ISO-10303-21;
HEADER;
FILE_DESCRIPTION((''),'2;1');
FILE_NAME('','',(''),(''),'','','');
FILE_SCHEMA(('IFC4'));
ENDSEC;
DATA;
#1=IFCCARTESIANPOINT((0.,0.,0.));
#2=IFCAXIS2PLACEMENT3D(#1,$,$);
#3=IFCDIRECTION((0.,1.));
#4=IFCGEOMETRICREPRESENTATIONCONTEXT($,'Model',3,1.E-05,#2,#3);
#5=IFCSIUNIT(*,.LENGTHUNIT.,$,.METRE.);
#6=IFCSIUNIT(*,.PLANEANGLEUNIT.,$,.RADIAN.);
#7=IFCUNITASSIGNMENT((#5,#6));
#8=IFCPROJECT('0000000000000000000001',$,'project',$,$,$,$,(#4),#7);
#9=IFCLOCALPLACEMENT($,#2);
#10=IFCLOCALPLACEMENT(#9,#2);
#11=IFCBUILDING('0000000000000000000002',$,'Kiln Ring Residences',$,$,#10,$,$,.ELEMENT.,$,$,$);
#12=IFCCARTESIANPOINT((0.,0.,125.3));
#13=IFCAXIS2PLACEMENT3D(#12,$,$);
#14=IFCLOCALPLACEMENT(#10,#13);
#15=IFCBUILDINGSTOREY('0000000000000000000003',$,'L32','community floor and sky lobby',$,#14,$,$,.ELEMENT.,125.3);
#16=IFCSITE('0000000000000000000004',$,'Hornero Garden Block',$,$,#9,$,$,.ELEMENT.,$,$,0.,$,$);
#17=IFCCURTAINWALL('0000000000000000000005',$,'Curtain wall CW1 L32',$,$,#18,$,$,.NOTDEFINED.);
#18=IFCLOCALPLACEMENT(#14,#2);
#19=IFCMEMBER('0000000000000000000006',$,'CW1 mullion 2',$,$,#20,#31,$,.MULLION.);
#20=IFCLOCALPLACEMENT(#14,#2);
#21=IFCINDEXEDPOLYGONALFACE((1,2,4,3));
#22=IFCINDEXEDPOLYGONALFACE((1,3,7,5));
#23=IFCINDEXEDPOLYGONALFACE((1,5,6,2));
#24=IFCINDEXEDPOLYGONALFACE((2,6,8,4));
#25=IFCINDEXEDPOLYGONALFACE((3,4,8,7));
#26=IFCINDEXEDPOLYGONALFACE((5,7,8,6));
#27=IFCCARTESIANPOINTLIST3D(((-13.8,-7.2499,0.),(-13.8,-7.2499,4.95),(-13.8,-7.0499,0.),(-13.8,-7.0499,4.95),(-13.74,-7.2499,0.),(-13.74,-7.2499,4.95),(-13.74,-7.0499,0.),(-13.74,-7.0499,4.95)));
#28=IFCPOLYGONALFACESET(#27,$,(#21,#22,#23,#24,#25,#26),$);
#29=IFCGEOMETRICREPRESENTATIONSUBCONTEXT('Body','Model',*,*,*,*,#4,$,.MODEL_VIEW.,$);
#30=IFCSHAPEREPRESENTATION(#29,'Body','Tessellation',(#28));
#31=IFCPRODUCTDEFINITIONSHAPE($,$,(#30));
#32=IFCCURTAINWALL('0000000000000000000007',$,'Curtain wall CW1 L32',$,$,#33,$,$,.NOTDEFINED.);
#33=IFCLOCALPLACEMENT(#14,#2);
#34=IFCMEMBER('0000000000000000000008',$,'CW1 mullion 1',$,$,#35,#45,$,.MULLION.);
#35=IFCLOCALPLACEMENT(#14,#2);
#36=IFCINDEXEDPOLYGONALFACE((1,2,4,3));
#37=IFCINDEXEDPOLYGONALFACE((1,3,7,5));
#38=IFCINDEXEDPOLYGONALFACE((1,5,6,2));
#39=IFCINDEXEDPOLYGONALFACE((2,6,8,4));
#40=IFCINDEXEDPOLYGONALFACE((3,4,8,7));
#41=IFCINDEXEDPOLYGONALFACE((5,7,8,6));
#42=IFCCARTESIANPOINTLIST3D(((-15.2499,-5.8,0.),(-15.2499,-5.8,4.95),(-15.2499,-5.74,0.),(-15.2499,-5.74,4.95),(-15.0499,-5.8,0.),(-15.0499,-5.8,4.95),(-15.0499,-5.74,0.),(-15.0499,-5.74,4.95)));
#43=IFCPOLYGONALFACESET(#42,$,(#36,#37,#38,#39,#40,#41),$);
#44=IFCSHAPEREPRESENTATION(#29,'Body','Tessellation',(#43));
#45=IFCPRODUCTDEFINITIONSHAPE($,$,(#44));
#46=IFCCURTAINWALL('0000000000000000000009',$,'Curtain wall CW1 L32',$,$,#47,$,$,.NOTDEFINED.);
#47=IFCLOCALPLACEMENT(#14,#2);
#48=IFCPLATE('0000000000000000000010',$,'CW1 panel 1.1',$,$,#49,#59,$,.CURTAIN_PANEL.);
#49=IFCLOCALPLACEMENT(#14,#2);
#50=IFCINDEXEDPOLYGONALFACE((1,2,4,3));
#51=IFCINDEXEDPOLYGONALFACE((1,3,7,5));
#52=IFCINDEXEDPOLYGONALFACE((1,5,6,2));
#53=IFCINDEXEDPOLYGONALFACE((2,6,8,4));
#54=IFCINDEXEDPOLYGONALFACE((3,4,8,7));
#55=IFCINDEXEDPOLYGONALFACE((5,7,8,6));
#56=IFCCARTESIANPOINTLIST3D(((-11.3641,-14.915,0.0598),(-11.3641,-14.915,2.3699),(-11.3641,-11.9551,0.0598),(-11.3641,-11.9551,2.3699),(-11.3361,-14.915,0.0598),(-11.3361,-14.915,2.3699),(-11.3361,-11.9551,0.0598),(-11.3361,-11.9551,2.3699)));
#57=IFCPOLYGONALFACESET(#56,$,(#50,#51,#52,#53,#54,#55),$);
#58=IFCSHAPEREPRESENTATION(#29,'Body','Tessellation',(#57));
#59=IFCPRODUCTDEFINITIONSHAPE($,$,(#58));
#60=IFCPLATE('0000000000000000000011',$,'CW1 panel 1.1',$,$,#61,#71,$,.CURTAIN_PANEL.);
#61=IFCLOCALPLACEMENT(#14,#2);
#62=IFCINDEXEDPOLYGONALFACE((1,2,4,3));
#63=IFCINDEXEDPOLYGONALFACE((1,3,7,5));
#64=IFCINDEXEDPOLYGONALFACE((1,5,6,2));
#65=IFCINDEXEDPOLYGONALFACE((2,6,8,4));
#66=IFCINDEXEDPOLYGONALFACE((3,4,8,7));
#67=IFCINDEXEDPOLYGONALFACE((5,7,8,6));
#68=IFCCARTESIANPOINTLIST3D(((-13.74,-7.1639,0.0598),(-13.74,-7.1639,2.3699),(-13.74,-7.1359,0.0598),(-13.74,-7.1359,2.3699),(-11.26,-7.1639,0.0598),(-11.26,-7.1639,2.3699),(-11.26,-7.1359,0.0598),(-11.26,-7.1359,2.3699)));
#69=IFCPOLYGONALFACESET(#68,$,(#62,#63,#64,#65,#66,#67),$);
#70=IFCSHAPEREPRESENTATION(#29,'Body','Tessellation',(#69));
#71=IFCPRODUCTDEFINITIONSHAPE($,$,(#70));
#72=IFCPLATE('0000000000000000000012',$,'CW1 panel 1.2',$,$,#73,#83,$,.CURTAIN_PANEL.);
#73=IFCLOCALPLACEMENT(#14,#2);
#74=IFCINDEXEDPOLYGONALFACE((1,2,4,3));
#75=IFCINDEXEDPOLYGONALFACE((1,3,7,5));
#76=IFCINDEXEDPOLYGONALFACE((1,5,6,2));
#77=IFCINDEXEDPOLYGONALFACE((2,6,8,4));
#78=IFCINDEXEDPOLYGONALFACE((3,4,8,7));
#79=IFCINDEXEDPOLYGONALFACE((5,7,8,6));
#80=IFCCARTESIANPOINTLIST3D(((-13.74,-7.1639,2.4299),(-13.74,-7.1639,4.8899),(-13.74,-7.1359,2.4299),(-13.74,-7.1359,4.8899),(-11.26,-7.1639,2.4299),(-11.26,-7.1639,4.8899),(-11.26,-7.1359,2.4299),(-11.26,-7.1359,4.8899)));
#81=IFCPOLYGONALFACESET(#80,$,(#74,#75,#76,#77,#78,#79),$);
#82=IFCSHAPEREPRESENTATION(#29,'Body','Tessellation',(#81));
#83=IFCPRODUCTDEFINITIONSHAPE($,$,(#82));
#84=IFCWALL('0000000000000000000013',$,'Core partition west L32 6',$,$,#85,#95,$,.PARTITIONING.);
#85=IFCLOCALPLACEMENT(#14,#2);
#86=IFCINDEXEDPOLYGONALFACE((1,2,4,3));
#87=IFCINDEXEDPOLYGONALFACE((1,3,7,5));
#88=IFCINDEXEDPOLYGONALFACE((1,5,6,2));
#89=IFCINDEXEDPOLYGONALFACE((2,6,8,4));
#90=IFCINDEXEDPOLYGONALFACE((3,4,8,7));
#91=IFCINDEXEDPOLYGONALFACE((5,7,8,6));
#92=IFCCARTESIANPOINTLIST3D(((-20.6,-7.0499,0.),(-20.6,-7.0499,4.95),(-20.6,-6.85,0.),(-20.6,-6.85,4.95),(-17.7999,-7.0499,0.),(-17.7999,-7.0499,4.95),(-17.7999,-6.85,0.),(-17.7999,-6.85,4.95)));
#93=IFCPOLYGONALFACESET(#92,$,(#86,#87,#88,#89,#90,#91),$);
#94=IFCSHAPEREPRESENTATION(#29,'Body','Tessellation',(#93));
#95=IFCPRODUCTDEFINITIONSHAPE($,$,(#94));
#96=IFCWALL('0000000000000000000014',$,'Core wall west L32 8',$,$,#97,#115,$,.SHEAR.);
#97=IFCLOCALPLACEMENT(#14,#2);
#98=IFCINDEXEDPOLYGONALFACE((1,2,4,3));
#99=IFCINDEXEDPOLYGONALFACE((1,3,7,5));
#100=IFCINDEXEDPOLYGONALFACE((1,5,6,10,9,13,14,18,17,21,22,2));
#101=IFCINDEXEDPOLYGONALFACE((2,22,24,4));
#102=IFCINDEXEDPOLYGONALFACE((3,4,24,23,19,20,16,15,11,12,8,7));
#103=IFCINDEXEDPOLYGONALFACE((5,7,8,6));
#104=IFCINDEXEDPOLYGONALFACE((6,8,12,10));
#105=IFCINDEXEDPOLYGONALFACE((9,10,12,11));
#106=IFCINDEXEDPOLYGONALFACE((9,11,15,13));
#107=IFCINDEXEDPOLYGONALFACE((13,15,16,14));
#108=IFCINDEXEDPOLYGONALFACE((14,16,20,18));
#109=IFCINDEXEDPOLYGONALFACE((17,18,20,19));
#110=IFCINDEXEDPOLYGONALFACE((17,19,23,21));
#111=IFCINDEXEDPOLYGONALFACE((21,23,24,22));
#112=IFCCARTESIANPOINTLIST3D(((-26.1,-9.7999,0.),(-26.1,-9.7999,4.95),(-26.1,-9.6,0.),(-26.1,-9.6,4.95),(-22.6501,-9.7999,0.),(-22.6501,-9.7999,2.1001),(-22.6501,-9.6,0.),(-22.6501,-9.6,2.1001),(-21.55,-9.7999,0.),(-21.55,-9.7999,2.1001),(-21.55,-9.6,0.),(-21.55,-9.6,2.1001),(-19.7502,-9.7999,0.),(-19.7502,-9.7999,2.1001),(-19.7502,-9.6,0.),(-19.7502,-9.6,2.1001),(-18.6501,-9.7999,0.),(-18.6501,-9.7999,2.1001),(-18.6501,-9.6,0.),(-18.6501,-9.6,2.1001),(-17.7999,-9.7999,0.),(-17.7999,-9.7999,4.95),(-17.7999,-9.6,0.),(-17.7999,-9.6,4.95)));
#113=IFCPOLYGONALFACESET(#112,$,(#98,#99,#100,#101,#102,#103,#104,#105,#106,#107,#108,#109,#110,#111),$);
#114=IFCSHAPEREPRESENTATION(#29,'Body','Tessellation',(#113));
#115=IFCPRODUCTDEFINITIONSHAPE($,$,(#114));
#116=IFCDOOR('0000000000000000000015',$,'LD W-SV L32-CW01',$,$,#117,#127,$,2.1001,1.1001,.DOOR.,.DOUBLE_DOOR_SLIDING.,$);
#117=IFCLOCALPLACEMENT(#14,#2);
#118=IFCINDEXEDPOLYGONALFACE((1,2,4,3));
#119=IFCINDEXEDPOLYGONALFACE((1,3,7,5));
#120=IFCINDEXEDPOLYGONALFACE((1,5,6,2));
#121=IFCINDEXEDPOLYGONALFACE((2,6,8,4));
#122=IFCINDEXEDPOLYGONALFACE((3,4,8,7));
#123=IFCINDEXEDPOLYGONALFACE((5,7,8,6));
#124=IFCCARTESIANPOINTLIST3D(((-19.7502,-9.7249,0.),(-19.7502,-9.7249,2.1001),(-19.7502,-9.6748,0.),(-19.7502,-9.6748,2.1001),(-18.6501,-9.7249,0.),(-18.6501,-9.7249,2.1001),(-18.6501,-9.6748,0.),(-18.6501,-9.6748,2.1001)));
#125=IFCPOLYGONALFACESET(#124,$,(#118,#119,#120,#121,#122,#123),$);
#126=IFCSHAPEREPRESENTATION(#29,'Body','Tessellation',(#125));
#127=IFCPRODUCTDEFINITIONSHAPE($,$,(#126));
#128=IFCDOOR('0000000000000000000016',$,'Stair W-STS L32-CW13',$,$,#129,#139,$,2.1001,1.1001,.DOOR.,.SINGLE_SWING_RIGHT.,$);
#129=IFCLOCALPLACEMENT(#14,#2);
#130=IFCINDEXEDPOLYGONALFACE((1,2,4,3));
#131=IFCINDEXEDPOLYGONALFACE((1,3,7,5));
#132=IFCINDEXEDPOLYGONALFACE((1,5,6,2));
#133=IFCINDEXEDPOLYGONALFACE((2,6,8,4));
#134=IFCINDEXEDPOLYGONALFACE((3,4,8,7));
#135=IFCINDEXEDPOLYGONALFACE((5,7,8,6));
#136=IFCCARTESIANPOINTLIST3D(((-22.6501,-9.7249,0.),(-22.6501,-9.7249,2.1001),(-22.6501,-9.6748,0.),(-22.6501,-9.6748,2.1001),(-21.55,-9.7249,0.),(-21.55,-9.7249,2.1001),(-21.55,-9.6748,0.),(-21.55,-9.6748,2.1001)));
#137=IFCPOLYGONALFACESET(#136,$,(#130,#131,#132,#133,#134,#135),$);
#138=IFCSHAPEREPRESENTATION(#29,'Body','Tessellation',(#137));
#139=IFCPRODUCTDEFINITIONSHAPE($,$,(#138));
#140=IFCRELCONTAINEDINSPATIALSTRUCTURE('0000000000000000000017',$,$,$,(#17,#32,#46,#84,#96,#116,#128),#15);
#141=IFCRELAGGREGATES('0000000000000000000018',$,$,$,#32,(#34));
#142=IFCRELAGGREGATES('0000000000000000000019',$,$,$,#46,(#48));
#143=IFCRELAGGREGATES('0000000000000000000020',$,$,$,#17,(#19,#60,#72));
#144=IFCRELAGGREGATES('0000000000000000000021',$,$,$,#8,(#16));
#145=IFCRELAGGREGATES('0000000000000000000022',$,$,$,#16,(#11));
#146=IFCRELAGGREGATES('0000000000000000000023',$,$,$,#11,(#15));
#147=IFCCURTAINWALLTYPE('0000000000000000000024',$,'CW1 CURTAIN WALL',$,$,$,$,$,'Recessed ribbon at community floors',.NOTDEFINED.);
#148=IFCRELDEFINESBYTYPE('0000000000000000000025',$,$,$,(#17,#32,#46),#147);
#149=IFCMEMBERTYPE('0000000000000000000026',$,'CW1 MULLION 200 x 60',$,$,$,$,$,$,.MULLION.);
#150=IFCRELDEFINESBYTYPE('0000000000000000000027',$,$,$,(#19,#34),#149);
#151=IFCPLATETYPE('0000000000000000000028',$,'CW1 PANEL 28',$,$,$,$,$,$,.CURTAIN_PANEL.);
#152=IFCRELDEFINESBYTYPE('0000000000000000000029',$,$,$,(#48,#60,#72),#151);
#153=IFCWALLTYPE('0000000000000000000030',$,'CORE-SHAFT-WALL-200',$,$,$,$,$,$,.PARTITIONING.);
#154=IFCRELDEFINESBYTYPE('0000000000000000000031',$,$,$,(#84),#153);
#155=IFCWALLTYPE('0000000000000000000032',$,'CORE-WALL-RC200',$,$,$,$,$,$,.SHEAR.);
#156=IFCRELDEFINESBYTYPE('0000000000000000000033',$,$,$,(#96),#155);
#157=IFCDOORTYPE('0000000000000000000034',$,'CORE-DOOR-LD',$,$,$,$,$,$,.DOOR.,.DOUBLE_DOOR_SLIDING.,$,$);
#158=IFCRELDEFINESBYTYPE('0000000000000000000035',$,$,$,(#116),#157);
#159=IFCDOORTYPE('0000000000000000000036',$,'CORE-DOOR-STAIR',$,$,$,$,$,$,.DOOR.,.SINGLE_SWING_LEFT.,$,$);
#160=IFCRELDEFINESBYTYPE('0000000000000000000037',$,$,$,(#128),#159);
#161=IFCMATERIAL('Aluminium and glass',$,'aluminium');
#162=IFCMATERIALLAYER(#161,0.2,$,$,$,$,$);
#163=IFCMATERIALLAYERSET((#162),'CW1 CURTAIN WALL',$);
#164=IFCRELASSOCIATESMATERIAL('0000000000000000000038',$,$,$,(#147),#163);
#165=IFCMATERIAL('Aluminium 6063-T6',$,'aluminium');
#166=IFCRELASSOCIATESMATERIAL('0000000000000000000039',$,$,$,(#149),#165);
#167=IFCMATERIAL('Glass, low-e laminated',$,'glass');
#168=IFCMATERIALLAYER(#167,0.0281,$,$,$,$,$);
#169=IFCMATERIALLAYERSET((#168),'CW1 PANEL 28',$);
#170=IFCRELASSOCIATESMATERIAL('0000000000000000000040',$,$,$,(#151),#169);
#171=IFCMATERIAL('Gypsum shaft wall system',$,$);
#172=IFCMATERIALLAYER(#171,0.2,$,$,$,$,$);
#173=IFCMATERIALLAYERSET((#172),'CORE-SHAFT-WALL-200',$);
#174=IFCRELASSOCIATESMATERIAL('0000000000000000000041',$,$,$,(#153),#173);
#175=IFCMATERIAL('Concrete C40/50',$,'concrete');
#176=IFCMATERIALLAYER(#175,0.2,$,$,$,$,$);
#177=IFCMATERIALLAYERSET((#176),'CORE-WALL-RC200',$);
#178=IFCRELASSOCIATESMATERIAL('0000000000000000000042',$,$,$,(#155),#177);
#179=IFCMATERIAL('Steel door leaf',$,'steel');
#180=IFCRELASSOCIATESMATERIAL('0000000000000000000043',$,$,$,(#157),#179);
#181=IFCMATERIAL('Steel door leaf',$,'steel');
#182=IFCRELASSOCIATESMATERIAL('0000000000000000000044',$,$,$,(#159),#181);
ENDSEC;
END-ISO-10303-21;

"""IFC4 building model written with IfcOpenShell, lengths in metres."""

from ifc_helpers import new_model, si_unit, direction, frame, frame_2d, origin, origin_2d, place, context, subcontext, project, spatial, rectangle, extrude, material, layer, layer_set, material_profile, profile_set, type_object, element, fill, aggregate, save


model = new_model("IFC4")

# Units and contexts
model_context = context("Model", 3, precision=1e-05, world=origin(), true_north=direction((0.0, 1.0)))
body_context = subcontext(model_context, "Body", "Model", "MODEL_VIEW")
ifc_project = project(units=[si_unit("LENGTHUNIT", "METRE"), si_unit("PLANEANGLEUNIT", "RADIAN")], contexts=[model_context])

# Site, building, storey
site_placement = place(None, origin())
site = spatial("IfcSite", under=ifc_project, at=site_placement, Name="Hornero Garden Block", CompositionType="ELEMENT", RefElevation=0.0)
building_placement = place(site_placement, origin())
building = spatial("IfcBuilding", under=site, at=building_placement, Name="Kiln Ring Residences", CompositionType="ELEMENT")
storey_placement = place(building_placement, frame((0.0, 0.0, 125.3)))
storey = spatial("IfcBuildingStorey", under=building, at=storey_placement, Name="L32", Description="community floor and sky lobby", CompositionType="ELEMENT", Elevation=125.3)

# Curtain walls, members
ifc_material_1 = material(Name="Aluminium and glass", Category="aluminium")
ifc_layer_1 = layer(ifc_material_1, 0.2)
ifc_layer_set_1 = layer_set([ifc_layer_1], Name="CW1 CURTAIN WALL")
curtain_wall_type = type_object("IfcCurtainWallType", Name="CW1 CURTAIN WALL", ElementType="Recessed ribbon at community floors", PredefinedType="NOTDEFINED", material=ifc_layer_set_1)
placement = place(storey_placement, origin())
curtain_wall_1 = element("IfcCurtainWall", 1, at=placement, inside=storey, type_object=curtain_wall_type, Name="Curtain wall CW1 L32", PredefinedType="NOTDEFINED")
ifc_material_2 = material(Name="Aluminium 6063-T6", Category="aluminium")
ifc_material_profile = material_profile(ifc_material_2, rectangle(XDim=0.2, YDim=0.0601, at=origin_2d()), Name="AL 200x60")
ifc_profile_set = profile_set([ifc_material_profile], Name="Aluminium 6063-T6")
member_type = type_object("IfcMemberType", Name="CW1 MULLION 200 x 60", PredefinedType="MULLION", material=ifc_profile_set)
member_1_placement = place(storey_placement, frame((-13.77, -7.1499, 0.0), z_axis=(0.0, 0.0, 1.0), x_axis=(0.0, -1.0, 0.0)))
member_1 = element("IfcMember", 2, at=member_1_placement, type_object=member_type, Name="CW1 mullion 2", PredefinedType="MULLION", context=body_context, shape_type="SweptSolid", body=[
    extrude(rectangle(XDim=0.2, YDim=0.0601, at=origin_2d()), origin(), (0.0, 0.0, 1.0), 4.95),
])
curtain_wall_2 = element("IfcCurtainWall", 3, at=placement, inside=storey, type_object=curtain_wall_type, Name="Curtain wall CW1 L32", PredefinedType="NOTDEFINED")
member_2_placement = place(storey_placement, frame((-15.1499, -5.77, 0.0), z_axis=(0.0, 0.0, 1.0), x_axis=(-1.0, 0.0, 0.0)))
member_2 = element("IfcMember", 4, at=member_2_placement, type_object=member_type, Name="CW1 mullion 1", PredefinedType="MULLION", context=body_context, shape_type="SweptSolid", body=[
    extrude(rectangle(XDim=0.2, YDim=0.0601, at=origin_2d()), origin(), (0.0, 0.0, 1.0), 4.95),
])
aggregate(curtain_wall_2, [member_2])

# Curtain wall, plate
curtain_wall_3 = element("IfcCurtainWall", 5, at=placement, inside=storey, type_object=curtain_wall_type, Name="Curtain wall CW1 L32", PredefinedType="NOTDEFINED")
ifc_material_3 = material(Name="Glass, low-e laminated", Category="glass")
ifc_layer_2 = layer(ifc_material_3, 0.0281)
ifc_layer_set_2 = layer_set([ifc_layer_2], Name="CW1 PANEL 28")
plate_type = type_object("IfcPlateType", Name="CW1 PANEL 28", PredefinedType="CURTAIN_PANEL", material=ifc_layer_set_2)
plate_1_placement = place(storey_placement, frame((-11.3501, -13.4351, 0.0598), z_axis=(0.0, 0.0, 1.0), x_axis=(0.0, 1.0, 0.0)))
plate_1 = element("IfcPlate", 6, at=plate_1_placement, type_object=plate_type, Name="CW1 panel 1.1", PredefinedType="CURTAIN_PANEL", context=body_context, shape_type="SweptSolid", body=[
    extrude(rectangle(XDim=2.96, YDim=0.0281, at=origin_2d()), origin(), (0.0, 0.0, 1.0), 2.3101),
])
aggregate(curtain_wall_3, [plate_1])

# Plates
plate_2_placement = place(storey_placement, frame((-12.5, -7.1499, 0.0598), z_axis=(0.0, 0.0, 1.0), x_axis=(-1.0, 0.0, 0.0)))
plate_2 = element("IfcPlate", 7, at=plate_2_placement, type_object=plate_type, Name="CW1 panel 1.1", PredefinedType="CURTAIN_PANEL", context=body_context, shape_type="SweptSolid", body=[
    extrude(rectangle(XDim=2.48, YDim=0.0281, at=origin_2d()), origin(), (0.0, 0.0, 1.0), 2.3101),
])
plate_3_placement = place(storey_placement, frame((-12.5, -7.1499, 2.4299), z_axis=(0.0, 0.0, 1.0), x_axis=(-1.0, 0.0, 0.0)))
plate_3 = element("IfcPlate", 8, at=plate_3_placement, type_object=plate_type, Name="CW1 panel 1.2", PredefinedType="CURTAIN_PANEL", context=body_context, shape_type="SweptSolid", body=[
    extrude(rectangle(XDim=2.48, YDim=0.0281, at=origin_2d()), origin(), (0.0, 0.0, 1.0), 2.46),
])
aggregate(curtain_wall_1, [member_1, plate_2, plate_3])

# Wall
ifc_material_4 = material(Name="Gypsum shaft wall system")
ifc_layer_3 = layer(ifc_material_4, 0.2)
ifc_layer_set_3 = layer_set([ifc_layer_3], Name="CORE-SHAFT-WALL-200")
wall_type_1 = type_object("IfcWallType", Name="CORE-SHAFT-WALL-200", PredefinedType="PARTITIONING", material=ifc_layer_set_3)
wall_1_placement = place(storey_placement, frame((-17.8, -6.95, 0.0), z_axis=(0.0, 0.0, 1.0), x_axis=(-1.0, 0.0, 0.0)))
element("IfcWall", 9, at=wall_1_placement, inside=storey, type_object=wall_type_1, Name="Core partition west L32 6", PredefinedType="PARTITIONING", context=body_context, shape_type="SweptSolid", body=[
    extrude(rectangle(XDim=2.8, YDim=0.2, at=frame_2d((1.3999, 0.0))), origin(), (0.0, 0.0, 1.0), 4.95),
])

# Wall, openings, doors
ifc_material_5 = material(Name="Concrete C40/50", Category="concrete")
ifc_layer_4 = layer(ifc_material_5, 0.2)
ifc_layer_set_4 = layer_set([ifc_layer_4], Name="CORE-WALL-RC200")
wall_type_2 = type_object("IfcWallType", Name="CORE-WALL-RC200", PredefinedType="SHEAR", material=ifc_layer_set_4)
wall_2_placement = place(storey_placement, frame((-17.8, -9.7, 0.0), z_axis=(0.0, 0.0, 1.0), x_axis=(-1.0, 0.0, 0.0)))
wall_2 = element("IfcWall", 10, at=wall_2_placement, inside=storey, type_object=wall_type_2, Name="Core wall west L32 8", PredefinedType="SHEAR", context=body_context, shape_type="SweptSolid", body=[
    extrude(rectangle(XDim=8.3, YDim=0.2, at=frame_2d((4.1499, 0.0))), origin(), (0.0, 0.0, 1.0), 4.95),
])
opening_1_placement = place(wall_2_placement, frame((0.8501, 0.0, 0.0)))
opening_1 = element("IfcOpeningElement", 11, at=opening_1_placement, cuts=wall_2, PredefinedType="OPENING", context=body_context, shape_type="SweptSolid", body=[
    extrude(rectangle(XDim=1.1001, YDim=2.1001, at=frame_2d((0.55, 1.05))), frame((0.0, 0.1099, 0.0), z_axis=(0.0, -1.0, 0.0), x_axis=(1.0, 0.0, 0.0)), (0.0, 0.0, 1.0), 0.22),
])
opening_2_placement = place(wall_2_placement, frame((3.75, 0.0, 0.0)))
opening_2 = element("IfcOpeningElement", 12, at=opening_2_placement, cuts=wall_2, PredefinedType="OPENING", context=body_context, shape_type="SweptSolid", body=[
    extrude(rectangle(XDim=1.1001, YDim=2.1001, at=frame_2d((0.55, 1.05))), frame((0.0, 0.1099, 0.0), z_axis=(0.0, -1.0, 0.0), x_axis=(1.0, 0.0, 0.0)), (0.0, 0.0, 1.0), 0.22),
])
ifc_material_6 = material(Name="Steel door leaf", Category="steel")
door_type_1 = type_object("IfcDoorType", Name="CORE-DOOR-LD", OperationType="DOUBLE_DOOR_SLIDING", PredefinedType="DOOR", material=ifc_material_6)
door_1_placement = place(opening_1_placement, origin())
door_1 = element("IfcDoor", 13, at=door_1_placement, inside=storey, type_object=door_type_1, Name="LD W-SV L32-CW01", OperationType="DOUBLE_DOOR_SLIDING", OverallHeight=2.1001, OverallWidth=1.1001, PredefinedType="DOOR", context=body_context, shape_type="SweptSolid", body=[
    extrude(rectangle(XDim=1.1001, YDim=2.1001, at=frame_2d((0.55, 1.05))), frame((0.0, 0.0249, 0.0), z_axis=(0.0, -1.0, 0.0), x_axis=(1.0, 0.0, 0.0)), (0.0, 0.0, 1.0), 0.05),
])
fill(opening_1, door_1)
ifc_material_7 = material(Name="Steel door leaf", Category="steel")
door_type_2 = type_object("IfcDoorType", Name="CORE-DOOR-STAIR", OperationType="SINGLE_SWING_LEFT", PredefinedType="DOOR", material=ifc_material_7)
door_2_placement = place(opening_2_placement, origin())
door_2 = element("IfcDoor", 14, at=door_2_placement, inside=storey, type_object=door_type_2, Name="Stair W-STS L32-CW13", OperationType="SINGLE_SWING_RIGHT", OverallHeight=2.1001, OverallWidth=1.1001, PredefinedType="DOOR", context=body_context, shape_type="SweptSolid", body=[
    extrude(rectangle(XDim=1.1001, YDim=2.1001, at=frame_2d((0.55, 1.05))), frame((0.0, 0.0249, 0.0), z_axis=(0.0, -1.0, 0.0), x_axis=(1.0, 0.0, 0.0)), (0.0, 0.0, 1.0), 0.05),
])
fill(opening_2, door_2)

save(model, "model.ifc")
